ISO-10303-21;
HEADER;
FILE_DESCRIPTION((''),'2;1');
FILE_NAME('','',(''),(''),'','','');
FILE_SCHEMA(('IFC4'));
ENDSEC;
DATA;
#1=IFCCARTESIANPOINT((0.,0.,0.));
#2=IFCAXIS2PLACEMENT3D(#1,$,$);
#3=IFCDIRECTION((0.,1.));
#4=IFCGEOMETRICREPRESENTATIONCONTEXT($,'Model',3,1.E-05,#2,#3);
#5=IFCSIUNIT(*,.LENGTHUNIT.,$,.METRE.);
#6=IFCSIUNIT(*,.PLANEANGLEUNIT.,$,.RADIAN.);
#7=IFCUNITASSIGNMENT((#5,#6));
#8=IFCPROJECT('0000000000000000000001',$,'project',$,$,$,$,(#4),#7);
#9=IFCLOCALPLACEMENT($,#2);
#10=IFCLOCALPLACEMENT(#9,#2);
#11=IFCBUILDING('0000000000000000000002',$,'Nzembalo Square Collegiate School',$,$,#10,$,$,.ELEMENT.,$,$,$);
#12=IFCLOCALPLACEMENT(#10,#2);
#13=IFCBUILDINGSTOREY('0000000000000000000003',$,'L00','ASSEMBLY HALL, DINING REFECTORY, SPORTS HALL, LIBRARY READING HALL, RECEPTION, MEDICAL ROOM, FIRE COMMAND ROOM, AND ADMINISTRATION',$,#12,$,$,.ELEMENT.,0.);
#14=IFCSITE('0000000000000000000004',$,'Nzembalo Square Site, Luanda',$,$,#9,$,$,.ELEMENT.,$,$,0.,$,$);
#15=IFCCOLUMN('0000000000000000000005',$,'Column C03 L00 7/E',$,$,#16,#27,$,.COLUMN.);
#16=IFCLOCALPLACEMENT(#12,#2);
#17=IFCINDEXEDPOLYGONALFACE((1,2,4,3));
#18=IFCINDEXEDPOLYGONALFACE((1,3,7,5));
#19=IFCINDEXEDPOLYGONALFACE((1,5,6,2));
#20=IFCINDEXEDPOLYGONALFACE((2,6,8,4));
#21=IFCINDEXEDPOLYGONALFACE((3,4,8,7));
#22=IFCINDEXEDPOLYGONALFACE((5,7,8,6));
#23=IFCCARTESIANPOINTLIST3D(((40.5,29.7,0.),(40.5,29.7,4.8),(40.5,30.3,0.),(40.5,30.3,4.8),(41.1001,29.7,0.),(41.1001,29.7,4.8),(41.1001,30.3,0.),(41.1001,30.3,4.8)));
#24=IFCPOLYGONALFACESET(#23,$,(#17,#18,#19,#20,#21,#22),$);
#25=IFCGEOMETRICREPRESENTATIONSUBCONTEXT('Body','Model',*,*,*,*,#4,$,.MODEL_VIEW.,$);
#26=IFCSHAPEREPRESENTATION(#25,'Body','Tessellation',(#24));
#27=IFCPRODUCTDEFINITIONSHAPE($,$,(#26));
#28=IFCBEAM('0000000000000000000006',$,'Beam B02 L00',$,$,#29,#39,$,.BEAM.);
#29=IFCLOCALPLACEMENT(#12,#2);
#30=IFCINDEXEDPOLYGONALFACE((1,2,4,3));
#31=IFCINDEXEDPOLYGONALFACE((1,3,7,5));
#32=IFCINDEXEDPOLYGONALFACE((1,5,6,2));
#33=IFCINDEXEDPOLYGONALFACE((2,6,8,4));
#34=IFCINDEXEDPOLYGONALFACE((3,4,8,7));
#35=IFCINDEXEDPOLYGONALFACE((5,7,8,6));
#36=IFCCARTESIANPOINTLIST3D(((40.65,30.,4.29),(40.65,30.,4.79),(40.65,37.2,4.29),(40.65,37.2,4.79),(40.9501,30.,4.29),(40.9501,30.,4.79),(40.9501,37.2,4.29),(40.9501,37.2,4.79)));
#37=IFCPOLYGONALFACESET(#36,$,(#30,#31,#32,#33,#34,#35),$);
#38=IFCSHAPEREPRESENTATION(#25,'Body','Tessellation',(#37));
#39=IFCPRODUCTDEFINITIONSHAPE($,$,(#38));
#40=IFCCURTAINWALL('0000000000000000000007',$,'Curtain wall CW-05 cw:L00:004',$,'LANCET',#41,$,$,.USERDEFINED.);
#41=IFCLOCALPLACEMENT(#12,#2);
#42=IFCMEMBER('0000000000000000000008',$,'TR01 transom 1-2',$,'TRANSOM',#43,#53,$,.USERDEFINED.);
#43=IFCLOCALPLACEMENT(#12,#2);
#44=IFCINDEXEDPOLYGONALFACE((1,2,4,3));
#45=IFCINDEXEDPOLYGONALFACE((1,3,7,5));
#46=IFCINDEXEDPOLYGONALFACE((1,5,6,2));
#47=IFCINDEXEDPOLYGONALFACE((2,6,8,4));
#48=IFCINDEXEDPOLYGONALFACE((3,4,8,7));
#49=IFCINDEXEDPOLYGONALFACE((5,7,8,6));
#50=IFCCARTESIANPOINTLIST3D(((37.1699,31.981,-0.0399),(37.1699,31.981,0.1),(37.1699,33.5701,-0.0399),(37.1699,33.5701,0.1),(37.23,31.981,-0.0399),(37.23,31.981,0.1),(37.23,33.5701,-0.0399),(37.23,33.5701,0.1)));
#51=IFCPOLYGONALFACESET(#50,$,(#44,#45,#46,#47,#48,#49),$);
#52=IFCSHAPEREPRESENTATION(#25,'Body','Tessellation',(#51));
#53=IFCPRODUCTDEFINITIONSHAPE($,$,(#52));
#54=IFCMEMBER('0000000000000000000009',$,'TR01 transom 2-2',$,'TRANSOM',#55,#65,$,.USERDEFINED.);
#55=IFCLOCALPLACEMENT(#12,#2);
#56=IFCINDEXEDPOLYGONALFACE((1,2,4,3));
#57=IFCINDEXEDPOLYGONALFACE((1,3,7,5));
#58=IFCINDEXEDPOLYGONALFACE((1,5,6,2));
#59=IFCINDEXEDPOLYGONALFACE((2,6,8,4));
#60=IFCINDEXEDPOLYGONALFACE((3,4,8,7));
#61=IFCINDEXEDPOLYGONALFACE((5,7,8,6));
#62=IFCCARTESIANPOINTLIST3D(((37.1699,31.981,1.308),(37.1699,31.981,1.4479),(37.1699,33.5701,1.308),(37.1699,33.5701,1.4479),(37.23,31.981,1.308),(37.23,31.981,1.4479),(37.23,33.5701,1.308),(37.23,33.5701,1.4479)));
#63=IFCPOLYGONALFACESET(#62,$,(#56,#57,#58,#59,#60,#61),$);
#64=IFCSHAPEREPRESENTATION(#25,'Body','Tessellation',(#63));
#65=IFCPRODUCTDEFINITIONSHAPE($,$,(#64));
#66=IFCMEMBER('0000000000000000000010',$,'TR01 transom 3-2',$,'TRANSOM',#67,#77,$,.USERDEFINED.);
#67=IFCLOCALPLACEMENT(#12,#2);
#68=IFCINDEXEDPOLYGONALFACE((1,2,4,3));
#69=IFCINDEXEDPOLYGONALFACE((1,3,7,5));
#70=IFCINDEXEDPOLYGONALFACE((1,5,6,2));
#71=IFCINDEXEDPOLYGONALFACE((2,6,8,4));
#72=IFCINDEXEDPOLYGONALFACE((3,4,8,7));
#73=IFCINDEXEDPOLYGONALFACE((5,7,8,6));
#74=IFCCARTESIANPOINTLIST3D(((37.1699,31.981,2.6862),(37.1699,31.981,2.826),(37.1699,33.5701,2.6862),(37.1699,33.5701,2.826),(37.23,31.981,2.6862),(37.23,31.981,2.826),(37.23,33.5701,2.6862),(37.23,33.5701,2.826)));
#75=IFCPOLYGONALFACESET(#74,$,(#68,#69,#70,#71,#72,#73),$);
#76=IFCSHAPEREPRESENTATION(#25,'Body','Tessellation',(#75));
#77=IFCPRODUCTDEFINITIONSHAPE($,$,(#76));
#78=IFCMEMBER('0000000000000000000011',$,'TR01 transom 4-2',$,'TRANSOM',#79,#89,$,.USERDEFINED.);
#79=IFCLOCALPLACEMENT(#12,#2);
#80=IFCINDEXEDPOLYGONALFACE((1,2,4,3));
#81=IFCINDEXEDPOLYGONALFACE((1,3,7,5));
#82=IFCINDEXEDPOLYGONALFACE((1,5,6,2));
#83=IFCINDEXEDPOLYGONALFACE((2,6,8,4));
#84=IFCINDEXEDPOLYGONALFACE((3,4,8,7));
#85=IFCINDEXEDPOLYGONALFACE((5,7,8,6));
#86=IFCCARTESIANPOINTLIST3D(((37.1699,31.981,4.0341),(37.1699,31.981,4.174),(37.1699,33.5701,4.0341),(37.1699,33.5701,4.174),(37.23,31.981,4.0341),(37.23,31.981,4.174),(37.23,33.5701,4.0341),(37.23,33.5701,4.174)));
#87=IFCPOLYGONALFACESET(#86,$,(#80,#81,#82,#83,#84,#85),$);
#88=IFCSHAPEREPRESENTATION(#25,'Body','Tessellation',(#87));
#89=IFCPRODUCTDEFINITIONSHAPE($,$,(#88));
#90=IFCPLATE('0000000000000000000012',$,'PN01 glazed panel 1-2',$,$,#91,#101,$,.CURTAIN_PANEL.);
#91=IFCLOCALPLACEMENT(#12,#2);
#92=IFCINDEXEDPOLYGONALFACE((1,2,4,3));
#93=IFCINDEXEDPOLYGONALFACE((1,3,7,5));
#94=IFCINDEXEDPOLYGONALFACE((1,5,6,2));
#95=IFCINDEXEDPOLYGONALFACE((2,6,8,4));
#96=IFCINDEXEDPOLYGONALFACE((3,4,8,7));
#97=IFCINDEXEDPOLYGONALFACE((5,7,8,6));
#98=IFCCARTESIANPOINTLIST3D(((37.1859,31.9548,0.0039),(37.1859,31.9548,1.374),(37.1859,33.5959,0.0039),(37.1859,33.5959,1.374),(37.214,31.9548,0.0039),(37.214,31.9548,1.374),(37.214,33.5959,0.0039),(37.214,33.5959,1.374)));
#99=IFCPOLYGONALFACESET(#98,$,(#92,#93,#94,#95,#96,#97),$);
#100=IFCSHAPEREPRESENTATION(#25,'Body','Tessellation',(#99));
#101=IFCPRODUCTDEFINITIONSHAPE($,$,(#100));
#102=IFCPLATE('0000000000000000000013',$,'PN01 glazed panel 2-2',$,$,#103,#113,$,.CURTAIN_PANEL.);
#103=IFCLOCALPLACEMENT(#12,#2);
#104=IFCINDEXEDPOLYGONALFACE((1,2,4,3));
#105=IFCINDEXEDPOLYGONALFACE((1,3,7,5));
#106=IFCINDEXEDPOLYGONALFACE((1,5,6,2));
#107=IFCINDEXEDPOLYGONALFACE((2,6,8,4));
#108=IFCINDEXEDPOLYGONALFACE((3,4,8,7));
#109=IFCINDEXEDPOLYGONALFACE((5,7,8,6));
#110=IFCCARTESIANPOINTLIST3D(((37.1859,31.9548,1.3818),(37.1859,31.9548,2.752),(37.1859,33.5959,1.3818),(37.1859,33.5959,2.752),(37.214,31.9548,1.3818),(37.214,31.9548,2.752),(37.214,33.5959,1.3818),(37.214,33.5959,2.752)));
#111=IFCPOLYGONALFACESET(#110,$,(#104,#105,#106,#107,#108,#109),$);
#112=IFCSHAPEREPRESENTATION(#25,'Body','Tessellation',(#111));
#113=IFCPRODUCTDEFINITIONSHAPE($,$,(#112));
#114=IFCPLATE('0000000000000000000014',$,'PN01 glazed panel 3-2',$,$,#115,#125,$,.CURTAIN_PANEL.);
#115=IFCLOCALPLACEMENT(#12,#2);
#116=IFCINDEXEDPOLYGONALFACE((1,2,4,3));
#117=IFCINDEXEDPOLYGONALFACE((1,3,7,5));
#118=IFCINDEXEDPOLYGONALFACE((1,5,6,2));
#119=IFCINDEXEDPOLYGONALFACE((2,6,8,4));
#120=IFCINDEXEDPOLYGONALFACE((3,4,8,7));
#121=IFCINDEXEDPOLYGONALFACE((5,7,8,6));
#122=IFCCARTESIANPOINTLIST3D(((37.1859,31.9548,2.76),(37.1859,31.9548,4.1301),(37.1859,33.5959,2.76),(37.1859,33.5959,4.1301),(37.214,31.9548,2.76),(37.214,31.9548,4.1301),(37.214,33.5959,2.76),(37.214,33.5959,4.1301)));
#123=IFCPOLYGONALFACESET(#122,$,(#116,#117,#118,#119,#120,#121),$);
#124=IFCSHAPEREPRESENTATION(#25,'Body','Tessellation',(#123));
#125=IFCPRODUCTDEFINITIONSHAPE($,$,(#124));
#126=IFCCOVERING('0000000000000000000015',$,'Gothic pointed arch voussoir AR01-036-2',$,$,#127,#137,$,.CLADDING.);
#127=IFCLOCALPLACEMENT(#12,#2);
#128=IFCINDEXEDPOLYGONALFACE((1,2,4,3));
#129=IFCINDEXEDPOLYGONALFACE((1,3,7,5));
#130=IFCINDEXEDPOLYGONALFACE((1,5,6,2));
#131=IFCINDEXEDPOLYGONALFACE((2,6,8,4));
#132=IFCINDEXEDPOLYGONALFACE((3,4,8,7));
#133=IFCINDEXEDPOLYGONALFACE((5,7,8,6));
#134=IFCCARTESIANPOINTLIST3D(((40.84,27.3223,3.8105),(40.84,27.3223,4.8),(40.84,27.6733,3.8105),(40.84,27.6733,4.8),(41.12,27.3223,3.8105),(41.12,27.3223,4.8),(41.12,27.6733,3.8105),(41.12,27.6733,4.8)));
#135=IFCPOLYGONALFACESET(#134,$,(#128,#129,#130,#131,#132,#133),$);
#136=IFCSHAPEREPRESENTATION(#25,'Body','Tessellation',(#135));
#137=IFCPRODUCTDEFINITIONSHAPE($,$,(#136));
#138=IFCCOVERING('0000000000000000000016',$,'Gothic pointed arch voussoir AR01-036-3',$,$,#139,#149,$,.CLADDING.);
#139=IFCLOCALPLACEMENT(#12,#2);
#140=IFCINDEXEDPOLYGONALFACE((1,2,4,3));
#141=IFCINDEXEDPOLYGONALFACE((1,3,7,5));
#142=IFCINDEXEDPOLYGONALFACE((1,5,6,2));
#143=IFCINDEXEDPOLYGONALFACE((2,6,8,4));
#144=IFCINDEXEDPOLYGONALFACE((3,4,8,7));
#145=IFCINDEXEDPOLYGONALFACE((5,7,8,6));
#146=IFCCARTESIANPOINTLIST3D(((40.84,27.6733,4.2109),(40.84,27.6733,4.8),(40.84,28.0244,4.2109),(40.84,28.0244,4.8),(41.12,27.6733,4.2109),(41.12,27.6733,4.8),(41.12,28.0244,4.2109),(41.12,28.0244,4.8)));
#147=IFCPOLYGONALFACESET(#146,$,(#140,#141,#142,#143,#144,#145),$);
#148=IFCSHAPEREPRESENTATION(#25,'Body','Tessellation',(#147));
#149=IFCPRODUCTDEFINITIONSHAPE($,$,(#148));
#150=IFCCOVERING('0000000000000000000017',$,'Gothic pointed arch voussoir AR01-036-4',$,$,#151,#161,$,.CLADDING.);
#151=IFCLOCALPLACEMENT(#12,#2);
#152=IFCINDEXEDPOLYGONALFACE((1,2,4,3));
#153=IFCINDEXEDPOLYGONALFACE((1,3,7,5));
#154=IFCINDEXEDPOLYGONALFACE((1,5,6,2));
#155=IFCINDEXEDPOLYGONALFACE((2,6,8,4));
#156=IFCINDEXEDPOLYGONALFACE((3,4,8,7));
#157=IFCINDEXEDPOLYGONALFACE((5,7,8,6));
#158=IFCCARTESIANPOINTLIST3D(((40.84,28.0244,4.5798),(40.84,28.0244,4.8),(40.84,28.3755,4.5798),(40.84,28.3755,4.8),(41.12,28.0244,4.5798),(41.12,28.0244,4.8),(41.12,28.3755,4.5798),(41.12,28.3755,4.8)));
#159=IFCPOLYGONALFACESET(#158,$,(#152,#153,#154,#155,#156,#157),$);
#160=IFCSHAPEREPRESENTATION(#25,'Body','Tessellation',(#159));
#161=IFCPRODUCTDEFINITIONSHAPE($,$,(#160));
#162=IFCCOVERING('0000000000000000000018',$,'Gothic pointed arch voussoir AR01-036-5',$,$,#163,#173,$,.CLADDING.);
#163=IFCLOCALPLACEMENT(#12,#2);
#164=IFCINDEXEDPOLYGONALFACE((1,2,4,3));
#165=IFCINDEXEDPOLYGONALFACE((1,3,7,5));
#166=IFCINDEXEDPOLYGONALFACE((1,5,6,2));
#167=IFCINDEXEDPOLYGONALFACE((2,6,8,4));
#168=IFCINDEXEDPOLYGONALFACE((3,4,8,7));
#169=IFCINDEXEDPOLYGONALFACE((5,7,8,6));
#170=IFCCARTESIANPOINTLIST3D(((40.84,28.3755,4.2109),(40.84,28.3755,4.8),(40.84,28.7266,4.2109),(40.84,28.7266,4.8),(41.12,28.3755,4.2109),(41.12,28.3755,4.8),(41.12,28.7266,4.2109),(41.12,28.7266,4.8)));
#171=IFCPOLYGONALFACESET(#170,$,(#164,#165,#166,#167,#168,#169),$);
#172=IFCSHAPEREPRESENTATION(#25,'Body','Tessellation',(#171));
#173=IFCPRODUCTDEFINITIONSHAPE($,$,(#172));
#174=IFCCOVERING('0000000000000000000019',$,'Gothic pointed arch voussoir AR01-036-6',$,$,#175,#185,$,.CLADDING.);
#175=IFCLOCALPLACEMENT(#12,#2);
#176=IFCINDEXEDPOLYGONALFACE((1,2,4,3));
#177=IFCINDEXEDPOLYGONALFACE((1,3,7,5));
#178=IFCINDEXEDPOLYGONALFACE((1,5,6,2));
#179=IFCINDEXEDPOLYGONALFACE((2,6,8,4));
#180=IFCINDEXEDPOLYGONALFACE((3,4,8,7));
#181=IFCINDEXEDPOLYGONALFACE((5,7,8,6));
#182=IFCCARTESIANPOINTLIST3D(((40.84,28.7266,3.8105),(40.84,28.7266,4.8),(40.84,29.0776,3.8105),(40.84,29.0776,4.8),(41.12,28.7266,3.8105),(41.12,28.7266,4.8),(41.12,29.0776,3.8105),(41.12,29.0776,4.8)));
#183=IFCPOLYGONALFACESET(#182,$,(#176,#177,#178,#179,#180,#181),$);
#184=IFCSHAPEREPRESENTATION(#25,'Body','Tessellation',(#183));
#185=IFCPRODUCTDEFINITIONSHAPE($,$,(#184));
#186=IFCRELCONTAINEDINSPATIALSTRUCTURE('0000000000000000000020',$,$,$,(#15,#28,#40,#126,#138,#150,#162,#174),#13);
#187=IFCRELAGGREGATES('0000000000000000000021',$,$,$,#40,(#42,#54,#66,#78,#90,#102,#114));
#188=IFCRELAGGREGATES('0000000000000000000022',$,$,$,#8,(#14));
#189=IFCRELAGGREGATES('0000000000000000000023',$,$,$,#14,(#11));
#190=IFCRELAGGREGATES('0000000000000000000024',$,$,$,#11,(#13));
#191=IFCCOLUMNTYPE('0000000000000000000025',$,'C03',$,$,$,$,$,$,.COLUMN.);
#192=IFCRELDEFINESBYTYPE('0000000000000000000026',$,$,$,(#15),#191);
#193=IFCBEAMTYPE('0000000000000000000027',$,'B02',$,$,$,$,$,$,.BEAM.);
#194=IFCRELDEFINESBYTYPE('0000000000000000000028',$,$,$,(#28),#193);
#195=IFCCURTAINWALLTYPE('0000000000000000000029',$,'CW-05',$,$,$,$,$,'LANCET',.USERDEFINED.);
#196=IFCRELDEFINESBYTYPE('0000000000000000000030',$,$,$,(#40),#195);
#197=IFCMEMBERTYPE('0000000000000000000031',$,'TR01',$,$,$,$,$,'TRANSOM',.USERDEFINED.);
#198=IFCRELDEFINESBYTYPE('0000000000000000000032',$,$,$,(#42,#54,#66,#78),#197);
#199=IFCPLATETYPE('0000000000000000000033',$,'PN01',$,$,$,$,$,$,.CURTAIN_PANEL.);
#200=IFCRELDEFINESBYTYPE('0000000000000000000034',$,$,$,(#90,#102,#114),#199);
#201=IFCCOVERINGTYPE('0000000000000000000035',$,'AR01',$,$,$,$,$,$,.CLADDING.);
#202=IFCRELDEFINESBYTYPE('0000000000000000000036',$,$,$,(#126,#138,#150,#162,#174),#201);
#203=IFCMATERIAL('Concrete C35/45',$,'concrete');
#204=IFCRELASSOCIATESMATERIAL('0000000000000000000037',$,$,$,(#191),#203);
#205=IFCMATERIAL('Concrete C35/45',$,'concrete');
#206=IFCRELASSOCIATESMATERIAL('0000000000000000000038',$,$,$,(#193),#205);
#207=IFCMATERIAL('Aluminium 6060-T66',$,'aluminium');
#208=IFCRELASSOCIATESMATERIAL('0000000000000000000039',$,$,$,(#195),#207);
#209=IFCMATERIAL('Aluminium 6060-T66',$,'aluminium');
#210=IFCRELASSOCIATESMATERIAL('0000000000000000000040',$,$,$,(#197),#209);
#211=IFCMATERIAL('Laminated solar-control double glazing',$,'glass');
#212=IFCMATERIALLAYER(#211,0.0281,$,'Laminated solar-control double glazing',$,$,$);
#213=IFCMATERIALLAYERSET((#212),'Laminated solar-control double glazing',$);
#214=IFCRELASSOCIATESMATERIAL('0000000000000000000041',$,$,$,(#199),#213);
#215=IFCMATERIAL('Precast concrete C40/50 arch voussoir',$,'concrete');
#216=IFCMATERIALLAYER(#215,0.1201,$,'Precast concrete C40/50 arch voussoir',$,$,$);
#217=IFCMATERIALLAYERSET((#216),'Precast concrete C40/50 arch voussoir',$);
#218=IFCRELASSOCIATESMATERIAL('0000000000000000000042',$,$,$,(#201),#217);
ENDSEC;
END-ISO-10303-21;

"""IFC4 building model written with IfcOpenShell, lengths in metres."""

from ifc_helpers import new_model, si_unit, direction, frame, origin, origin_2d, place, context, subcontext, project, spatial, rectangle, extrude, material, layer, layer_set, material_profile, profile_set, type_object, element, aggregate, save


model = new_model("IFC4")

# Units and contexts
model_context = context("Model", 3, precision=1e-05, world=origin(), true_north=direction((0.0, 1.0)))
body_context = subcontext(model_context, "Body", "Model", "MODEL_VIEW")
ifc_project = project(units=[si_unit("LENGTHUNIT", "METRE"), si_unit("PLANEANGLEUNIT", "RADIAN")], contexts=[model_context])

# Site, building, storey
site_placement = place(None, origin())
site = spatial("IfcSite", under=ifc_project, at=site_placement, Name="Nzembalo Square Site, Luanda", CompositionType="ELEMENT", RefElevation=0.0)
building_placement = place(site_placement, origin())
building = spatial("IfcBuilding", under=site, at=building_placement, Name="Nzembalo Square Collegiate School", CompositionType="ELEMENT")
storey_placement = place(building_placement, origin())
storey = spatial("IfcBuildingStorey", under=building, at=storey_placement, Name="L00", Description="ASSEMBLY HALL, DINING REFECTORY, SPORTS HALL, LIBRARY READING HALL, RECEPTION, MEDICAL ROOM, FIRE COMMAND ROOM, AND ADMINISTRATION", CompositionType="ELEMENT", Elevation=0.0)

# Column
ifc_material_1 = material(Name="Concrete C35/45", Category="concrete")
ifc_material_profile_1 = material_profile(ifc_material_1, rectangle(XDim=0.6001, YDim=0.6001, at=origin_2d()), Name="RC 600x600")
ifc_profile_set_1 = profile_set([ifc_material_profile_1], Name="Concrete C35/45")
column_type = type_object("IfcColumnType", Name="C03", PredefinedType="COLUMN", material=ifc_profile_set_1)
column_placement = place(storey_placement, frame((40.8, 30.0, 0.0), z_axis=(0.0, 0.0, 1.0), x_axis=(1.0, 0.0, 0.0)))
element("IfcColumn", 1, at=column_placement, inside=storey, type_object=column_type, Name="Column C03 L00 7/E", PredefinedType="COLUMN", context=body_context, shape_type="SweptSolid", body=[
    extrude(rectangle(XDim=0.6001, YDim=0.6001, at=origin_2d()), origin(), (0.0, 0.0, 1.0), 4.8),
])

# Beam
ifc_material_2 = material(Name="Concrete C35/45", Category="concrete")
ifc_material_profile_2 = material_profile(ifc_material_2, rectangle(XDim=0.3, YDim=0.5, at=origin_2d()), Name="RC 300x500")
ifc_profile_set_2 = profile_set([ifc_material_profile_2], Name="Concrete C35/45")
beam_type = type_object("IfcBeamType", Name="B02", PredefinedType="BEAM", material=ifc_profile_set_2)
beam_placement = place(storey_placement, frame((40.8, 30.0, 4.54), z_axis=(0.0, 1.0, 0.0), x_axis=(-1.0, 0.0, 0.0)))
element("IfcBeam", 2, at=beam_placement, inside=storey, type_object=beam_type, Name="Beam B02 L00", PredefinedType="BEAM", context=body_context, shape_type="SweptSolid", body=[
    extrude(rectangle(XDim=0.3, YDim=0.5, at=origin_2d()), origin(), (0.0, 0.0, 1.0), 7.2),
])

# Curtain wall, members, plates
ifc_material_3 = material(Name="Aluminium 6060-T66", Category="aluminium")
curtain_wall_type = type_object("IfcCurtainWallType", Name="CW-05", ElementType="LANCET", PredefinedType="USERDEFINED", material=ifc_material_3)
curtain_wall_placement = place(storey_placement, origin())
curtain_wall = element("IfcCurtainWall", 3, at=curtain_wall_placement, inside=storey, type_object=curtain_wall_type, Name="Curtain wall CW-05 cw:L00:004", ObjectType="LANCET", PredefinedType="USERDEFINED")
ifc_material_4 = material(Name="Aluminium 6060-T66", Category="aluminium")
ifc_material_profile_3 = material_profile(ifc_material_4, rectangle(XDim=0.0601, YDim=0.1399, at=origin_2d()), Name="ALU T60x140")
ifc_profile_set_3 = profile_set([ifc_material_profile_3], Name="Aluminium 6060-T66")
member_type = type_object("IfcMemberType", Name="TR01", ElementType="TRANSOM", PredefinedType="USERDEFINED", material=ifc_profile_set_3)
member_1_placement = place(storey_placement, frame((37.2, 31.981, 0.03), z_axis=(0.0, 1.0, 0.0), x_axis=(-1.0, 0.0, 0.0)))
member_1 = element("IfcMember", 4, at=member_1_placement, type_object=member_type, Name="TR01 transom 1-2", ObjectType="TRANSOM", PredefinedType="USERDEFINED", context=body_context, shape_type="SweptSolid", body=[
    extrude(rectangle(XDim=0.0601, YDim=0.1399, at=origin_2d()), origin(), (0.0, 0.0, 1.0), 1.5891),
])
member_2_placement = place(storey_placement, frame((37.2, 31.981, 1.3779), z_axis=(0.0, 1.0, 0.0), x_axis=(-1.0, 0.0, 0.0)))
member_2 = element("IfcMember", 5, at=member_2_placement, type_object=member_type, Name="TR01 transom 2-2", ObjectType="TRANSOM", PredefinedType="USERDEFINED", context=body_context, shape_type="SweptSolid", body=[
    extrude(rectangle(XDim=0.0601, YDim=0.1399, at=origin_2d()), origin(), (0.0, 0.0, 1.0), 1.5891),
])
member_3_placement = place(storey_placement, frame((37.2, 31.981, 2.7561), z_axis=(0.0, 1.0, 0.0), x_axis=(-1.0, 0.0, 0.0)))
member_3 = element("IfcMember", 6, at=member_3_placement, type_object=member_type, Name="TR01 transom 3-2", ObjectType="TRANSOM", PredefinedType="USERDEFINED", context=body_context, shape_type="SweptSolid", body=[
    extrude(rectangle(XDim=0.0601, YDim=0.1399, at=origin_2d()), origin(), (0.0, 0.0, 1.0), 1.5891),
])
member_4_placement = place(storey_placement, frame((37.2, 31.981, 4.104), z_axis=(0.0, 1.0, 0.0), x_axis=(-1.0, 0.0, 0.0)))
member_4 = element("IfcMember", 7, at=member_4_placement, type_object=member_type, Name="TR01 transom 4-2", ObjectType="TRANSOM", PredefinedType="USERDEFINED", context=body_context, shape_type="SweptSolid", body=[
    extrude(rectangle(XDim=0.0601, YDim=0.1399, at=origin_2d()), origin(), (0.0, 0.0, 1.0), 1.5891),
])
ifc_material_5 = material(Name="Laminated solar-control double glazing", Category="glass")
ifc_layer_1 = layer(ifc_material_5, 0.0281, Name="Laminated solar-control double glazing")
ifc_layer_set_1 = layer_set([ifc_layer_1], Name="Laminated solar-control double glazing")
plate_type = type_object("IfcPlateType", Name="PN01", PredefinedType="CURTAIN_PANEL", material=ifc_layer_set_1)
plate_1_placement = place(storey_placement, frame((37.2, 32.7754, 0.0039), z_axis=(0.0, 0.0, 1.0), x_axis=(0.0, 1.0, 0.0)))
plate_1 = element("IfcPlate", 8, at=plate_1_placement, type_object=plate_type, Name="PN01 glazed panel 1-2", PredefinedType="CURTAIN_PANEL", context=body_context, shape_type="SweptSolid", body=[
    extrude(rectangle(XDim=1.6411, YDim=0.0281, at=origin_2d()), origin(), (0.0, 0.0, 1.0), 1.3701),
])
plate_2_placement = place(storey_placement, frame((37.2, 32.7754, 1.3818), z_axis=(0.0, 0.0, 1.0), x_axis=(0.0, 1.0, 0.0)))
plate_2 = element("IfcPlate", 9, at=plate_2_placement, type_object=plate_type, Name="PN01 glazed panel 2-2", PredefinedType="CURTAIN_PANEL", context=body_context, shape_type="SweptSolid", body=[
    extrude(rectangle(XDim=1.6411, YDim=0.0281, at=origin_2d()), origin(), (0.0, 0.0, 1.0), 1.3701),
])
plate_3_placement = place(storey_placement, frame((37.2, 32.7754, 2.76), z_axis=(0.0, 0.0, 1.0), x_axis=(0.0, 1.0, 0.0)))
plate_3 = element("IfcPlate", 10, at=plate_3_placement, type_object=plate_type, Name="PN01 glazed panel 3-2", PredefinedType="CURTAIN_PANEL", context=body_context, shape_type="SweptSolid", body=[
    extrude(rectangle(XDim=1.6411, YDim=0.0281, at=origin_2d()), origin(), (0.0, 0.0, 1.0), 1.3701),
])
aggregate(curtain_wall, [member_1, member_2, member_3, member_4, plate_1, plate_2, plate_3])

# Coverings
ifc_material_6 = material(Name="Precast concrete C40/50 arch voussoir", Category="concrete")
ifc_layer_2 = layer(ifc_material_6, 0.1201, Name="Precast concrete C40/50 arch voussoir")
ifc_layer_set_2 = layer_set([ifc_layer_2], Name="Precast concrete C40/50 arch voussoir")
covering_type = type_object("IfcCoveringType", Name="AR01", PredefinedType="CLADDING", material=ifc_layer_set_2)
covering_1_placement = place(storey_placement, frame((40.98, 27.4978, 3.8105), z_axis=(0.0, 0.0, 1.0), x_axis=(1.0, 0.0, 0.0)))
element("IfcCovering", 11, at=covering_1_placement, inside=storey, type_object=covering_type, Name="Gothic pointed arch voussoir AR01-036-2", PredefinedType="CLADDING", context=body_context, shape_type="SweptSolid", body=[
    extrude(rectangle(XDim=0.28, YDim=0.3511, at=origin_2d()), origin(), (0.0, 0.0, 1.0), 0.9895),
])
covering_2_placement = place(storey_placement, frame((40.98, 27.8489, 4.2109), z_axis=(0.0, 0.0, 1.0), x_axis=(1.0, 0.0, 0.0)))
element("IfcCovering", 12, at=covering_2_placement, inside=storey, type_object=covering_type, Name="Gothic pointed arch voussoir AR01-036-3", PredefinedType="CLADDING", context=body_context, shape_type="SweptSolid", body=[
    extrude(rectangle(XDim=0.28, YDim=0.3511, at=origin_2d()), origin(), (0.0, 0.0, 1.0), 0.5891),
])
covering_3_placement = place(storey_placement, frame((40.98, 28.2, 4.5798), z_axis=(0.0, 0.0, 1.0), x_axis=(1.0, 0.0, 0.0)))
element("IfcCovering", 13, at=covering_3_placement, inside=storey, type_object=covering_type, Name="Gothic pointed arch voussoir AR01-036-4", PredefinedType="CLADDING", context=body_context, shape_type="SweptSolid", body=[
    extrude(rectangle(XDim=0.28, YDim=0.3511, at=origin_2d()), origin(), (0.0, 0.0, 1.0), 0.2202),
])
covering_4_placement = place(storey_placement, frame((40.98, 28.551, 4.2109), z_axis=(0.0, 0.0, 1.0), x_axis=(1.0, 0.0, 0.0)))
element("IfcCovering", 14, at=covering_4_placement, inside=storey, type_object=covering_type, Name="Gothic pointed arch voussoir AR01-036-5", PredefinedType="CLADDING", context=body_context, shape_type="SweptSolid", body=[
    extrude(rectangle(XDim=0.28, YDim=0.3511, at=origin_2d()), origin(), (0.0, 0.0, 1.0), 0.5891),
])
covering_5_placement = place(storey_placement, frame((40.98, 28.9021, 3.8105), z_axis=(0.0, 0.0, 1.0), x_axis=(1.0, 0.0, 0.0)))
element("IfcCovering", 15, at=covering_5_placement, inside=storey, type_object=covering_type, Name="Gothic pointed arch voussoir AR01-036-6", PredefinedType="CLADDING", context=body_context, shape_type="SweptSolid", body=[
    extrude(rectangle(XDim=0.28, YDim=0.3511, at=origin_2d()), origin(), (0.0, 0.0, 1.0), 0.9895),
])

save(model, "model.ifc")
